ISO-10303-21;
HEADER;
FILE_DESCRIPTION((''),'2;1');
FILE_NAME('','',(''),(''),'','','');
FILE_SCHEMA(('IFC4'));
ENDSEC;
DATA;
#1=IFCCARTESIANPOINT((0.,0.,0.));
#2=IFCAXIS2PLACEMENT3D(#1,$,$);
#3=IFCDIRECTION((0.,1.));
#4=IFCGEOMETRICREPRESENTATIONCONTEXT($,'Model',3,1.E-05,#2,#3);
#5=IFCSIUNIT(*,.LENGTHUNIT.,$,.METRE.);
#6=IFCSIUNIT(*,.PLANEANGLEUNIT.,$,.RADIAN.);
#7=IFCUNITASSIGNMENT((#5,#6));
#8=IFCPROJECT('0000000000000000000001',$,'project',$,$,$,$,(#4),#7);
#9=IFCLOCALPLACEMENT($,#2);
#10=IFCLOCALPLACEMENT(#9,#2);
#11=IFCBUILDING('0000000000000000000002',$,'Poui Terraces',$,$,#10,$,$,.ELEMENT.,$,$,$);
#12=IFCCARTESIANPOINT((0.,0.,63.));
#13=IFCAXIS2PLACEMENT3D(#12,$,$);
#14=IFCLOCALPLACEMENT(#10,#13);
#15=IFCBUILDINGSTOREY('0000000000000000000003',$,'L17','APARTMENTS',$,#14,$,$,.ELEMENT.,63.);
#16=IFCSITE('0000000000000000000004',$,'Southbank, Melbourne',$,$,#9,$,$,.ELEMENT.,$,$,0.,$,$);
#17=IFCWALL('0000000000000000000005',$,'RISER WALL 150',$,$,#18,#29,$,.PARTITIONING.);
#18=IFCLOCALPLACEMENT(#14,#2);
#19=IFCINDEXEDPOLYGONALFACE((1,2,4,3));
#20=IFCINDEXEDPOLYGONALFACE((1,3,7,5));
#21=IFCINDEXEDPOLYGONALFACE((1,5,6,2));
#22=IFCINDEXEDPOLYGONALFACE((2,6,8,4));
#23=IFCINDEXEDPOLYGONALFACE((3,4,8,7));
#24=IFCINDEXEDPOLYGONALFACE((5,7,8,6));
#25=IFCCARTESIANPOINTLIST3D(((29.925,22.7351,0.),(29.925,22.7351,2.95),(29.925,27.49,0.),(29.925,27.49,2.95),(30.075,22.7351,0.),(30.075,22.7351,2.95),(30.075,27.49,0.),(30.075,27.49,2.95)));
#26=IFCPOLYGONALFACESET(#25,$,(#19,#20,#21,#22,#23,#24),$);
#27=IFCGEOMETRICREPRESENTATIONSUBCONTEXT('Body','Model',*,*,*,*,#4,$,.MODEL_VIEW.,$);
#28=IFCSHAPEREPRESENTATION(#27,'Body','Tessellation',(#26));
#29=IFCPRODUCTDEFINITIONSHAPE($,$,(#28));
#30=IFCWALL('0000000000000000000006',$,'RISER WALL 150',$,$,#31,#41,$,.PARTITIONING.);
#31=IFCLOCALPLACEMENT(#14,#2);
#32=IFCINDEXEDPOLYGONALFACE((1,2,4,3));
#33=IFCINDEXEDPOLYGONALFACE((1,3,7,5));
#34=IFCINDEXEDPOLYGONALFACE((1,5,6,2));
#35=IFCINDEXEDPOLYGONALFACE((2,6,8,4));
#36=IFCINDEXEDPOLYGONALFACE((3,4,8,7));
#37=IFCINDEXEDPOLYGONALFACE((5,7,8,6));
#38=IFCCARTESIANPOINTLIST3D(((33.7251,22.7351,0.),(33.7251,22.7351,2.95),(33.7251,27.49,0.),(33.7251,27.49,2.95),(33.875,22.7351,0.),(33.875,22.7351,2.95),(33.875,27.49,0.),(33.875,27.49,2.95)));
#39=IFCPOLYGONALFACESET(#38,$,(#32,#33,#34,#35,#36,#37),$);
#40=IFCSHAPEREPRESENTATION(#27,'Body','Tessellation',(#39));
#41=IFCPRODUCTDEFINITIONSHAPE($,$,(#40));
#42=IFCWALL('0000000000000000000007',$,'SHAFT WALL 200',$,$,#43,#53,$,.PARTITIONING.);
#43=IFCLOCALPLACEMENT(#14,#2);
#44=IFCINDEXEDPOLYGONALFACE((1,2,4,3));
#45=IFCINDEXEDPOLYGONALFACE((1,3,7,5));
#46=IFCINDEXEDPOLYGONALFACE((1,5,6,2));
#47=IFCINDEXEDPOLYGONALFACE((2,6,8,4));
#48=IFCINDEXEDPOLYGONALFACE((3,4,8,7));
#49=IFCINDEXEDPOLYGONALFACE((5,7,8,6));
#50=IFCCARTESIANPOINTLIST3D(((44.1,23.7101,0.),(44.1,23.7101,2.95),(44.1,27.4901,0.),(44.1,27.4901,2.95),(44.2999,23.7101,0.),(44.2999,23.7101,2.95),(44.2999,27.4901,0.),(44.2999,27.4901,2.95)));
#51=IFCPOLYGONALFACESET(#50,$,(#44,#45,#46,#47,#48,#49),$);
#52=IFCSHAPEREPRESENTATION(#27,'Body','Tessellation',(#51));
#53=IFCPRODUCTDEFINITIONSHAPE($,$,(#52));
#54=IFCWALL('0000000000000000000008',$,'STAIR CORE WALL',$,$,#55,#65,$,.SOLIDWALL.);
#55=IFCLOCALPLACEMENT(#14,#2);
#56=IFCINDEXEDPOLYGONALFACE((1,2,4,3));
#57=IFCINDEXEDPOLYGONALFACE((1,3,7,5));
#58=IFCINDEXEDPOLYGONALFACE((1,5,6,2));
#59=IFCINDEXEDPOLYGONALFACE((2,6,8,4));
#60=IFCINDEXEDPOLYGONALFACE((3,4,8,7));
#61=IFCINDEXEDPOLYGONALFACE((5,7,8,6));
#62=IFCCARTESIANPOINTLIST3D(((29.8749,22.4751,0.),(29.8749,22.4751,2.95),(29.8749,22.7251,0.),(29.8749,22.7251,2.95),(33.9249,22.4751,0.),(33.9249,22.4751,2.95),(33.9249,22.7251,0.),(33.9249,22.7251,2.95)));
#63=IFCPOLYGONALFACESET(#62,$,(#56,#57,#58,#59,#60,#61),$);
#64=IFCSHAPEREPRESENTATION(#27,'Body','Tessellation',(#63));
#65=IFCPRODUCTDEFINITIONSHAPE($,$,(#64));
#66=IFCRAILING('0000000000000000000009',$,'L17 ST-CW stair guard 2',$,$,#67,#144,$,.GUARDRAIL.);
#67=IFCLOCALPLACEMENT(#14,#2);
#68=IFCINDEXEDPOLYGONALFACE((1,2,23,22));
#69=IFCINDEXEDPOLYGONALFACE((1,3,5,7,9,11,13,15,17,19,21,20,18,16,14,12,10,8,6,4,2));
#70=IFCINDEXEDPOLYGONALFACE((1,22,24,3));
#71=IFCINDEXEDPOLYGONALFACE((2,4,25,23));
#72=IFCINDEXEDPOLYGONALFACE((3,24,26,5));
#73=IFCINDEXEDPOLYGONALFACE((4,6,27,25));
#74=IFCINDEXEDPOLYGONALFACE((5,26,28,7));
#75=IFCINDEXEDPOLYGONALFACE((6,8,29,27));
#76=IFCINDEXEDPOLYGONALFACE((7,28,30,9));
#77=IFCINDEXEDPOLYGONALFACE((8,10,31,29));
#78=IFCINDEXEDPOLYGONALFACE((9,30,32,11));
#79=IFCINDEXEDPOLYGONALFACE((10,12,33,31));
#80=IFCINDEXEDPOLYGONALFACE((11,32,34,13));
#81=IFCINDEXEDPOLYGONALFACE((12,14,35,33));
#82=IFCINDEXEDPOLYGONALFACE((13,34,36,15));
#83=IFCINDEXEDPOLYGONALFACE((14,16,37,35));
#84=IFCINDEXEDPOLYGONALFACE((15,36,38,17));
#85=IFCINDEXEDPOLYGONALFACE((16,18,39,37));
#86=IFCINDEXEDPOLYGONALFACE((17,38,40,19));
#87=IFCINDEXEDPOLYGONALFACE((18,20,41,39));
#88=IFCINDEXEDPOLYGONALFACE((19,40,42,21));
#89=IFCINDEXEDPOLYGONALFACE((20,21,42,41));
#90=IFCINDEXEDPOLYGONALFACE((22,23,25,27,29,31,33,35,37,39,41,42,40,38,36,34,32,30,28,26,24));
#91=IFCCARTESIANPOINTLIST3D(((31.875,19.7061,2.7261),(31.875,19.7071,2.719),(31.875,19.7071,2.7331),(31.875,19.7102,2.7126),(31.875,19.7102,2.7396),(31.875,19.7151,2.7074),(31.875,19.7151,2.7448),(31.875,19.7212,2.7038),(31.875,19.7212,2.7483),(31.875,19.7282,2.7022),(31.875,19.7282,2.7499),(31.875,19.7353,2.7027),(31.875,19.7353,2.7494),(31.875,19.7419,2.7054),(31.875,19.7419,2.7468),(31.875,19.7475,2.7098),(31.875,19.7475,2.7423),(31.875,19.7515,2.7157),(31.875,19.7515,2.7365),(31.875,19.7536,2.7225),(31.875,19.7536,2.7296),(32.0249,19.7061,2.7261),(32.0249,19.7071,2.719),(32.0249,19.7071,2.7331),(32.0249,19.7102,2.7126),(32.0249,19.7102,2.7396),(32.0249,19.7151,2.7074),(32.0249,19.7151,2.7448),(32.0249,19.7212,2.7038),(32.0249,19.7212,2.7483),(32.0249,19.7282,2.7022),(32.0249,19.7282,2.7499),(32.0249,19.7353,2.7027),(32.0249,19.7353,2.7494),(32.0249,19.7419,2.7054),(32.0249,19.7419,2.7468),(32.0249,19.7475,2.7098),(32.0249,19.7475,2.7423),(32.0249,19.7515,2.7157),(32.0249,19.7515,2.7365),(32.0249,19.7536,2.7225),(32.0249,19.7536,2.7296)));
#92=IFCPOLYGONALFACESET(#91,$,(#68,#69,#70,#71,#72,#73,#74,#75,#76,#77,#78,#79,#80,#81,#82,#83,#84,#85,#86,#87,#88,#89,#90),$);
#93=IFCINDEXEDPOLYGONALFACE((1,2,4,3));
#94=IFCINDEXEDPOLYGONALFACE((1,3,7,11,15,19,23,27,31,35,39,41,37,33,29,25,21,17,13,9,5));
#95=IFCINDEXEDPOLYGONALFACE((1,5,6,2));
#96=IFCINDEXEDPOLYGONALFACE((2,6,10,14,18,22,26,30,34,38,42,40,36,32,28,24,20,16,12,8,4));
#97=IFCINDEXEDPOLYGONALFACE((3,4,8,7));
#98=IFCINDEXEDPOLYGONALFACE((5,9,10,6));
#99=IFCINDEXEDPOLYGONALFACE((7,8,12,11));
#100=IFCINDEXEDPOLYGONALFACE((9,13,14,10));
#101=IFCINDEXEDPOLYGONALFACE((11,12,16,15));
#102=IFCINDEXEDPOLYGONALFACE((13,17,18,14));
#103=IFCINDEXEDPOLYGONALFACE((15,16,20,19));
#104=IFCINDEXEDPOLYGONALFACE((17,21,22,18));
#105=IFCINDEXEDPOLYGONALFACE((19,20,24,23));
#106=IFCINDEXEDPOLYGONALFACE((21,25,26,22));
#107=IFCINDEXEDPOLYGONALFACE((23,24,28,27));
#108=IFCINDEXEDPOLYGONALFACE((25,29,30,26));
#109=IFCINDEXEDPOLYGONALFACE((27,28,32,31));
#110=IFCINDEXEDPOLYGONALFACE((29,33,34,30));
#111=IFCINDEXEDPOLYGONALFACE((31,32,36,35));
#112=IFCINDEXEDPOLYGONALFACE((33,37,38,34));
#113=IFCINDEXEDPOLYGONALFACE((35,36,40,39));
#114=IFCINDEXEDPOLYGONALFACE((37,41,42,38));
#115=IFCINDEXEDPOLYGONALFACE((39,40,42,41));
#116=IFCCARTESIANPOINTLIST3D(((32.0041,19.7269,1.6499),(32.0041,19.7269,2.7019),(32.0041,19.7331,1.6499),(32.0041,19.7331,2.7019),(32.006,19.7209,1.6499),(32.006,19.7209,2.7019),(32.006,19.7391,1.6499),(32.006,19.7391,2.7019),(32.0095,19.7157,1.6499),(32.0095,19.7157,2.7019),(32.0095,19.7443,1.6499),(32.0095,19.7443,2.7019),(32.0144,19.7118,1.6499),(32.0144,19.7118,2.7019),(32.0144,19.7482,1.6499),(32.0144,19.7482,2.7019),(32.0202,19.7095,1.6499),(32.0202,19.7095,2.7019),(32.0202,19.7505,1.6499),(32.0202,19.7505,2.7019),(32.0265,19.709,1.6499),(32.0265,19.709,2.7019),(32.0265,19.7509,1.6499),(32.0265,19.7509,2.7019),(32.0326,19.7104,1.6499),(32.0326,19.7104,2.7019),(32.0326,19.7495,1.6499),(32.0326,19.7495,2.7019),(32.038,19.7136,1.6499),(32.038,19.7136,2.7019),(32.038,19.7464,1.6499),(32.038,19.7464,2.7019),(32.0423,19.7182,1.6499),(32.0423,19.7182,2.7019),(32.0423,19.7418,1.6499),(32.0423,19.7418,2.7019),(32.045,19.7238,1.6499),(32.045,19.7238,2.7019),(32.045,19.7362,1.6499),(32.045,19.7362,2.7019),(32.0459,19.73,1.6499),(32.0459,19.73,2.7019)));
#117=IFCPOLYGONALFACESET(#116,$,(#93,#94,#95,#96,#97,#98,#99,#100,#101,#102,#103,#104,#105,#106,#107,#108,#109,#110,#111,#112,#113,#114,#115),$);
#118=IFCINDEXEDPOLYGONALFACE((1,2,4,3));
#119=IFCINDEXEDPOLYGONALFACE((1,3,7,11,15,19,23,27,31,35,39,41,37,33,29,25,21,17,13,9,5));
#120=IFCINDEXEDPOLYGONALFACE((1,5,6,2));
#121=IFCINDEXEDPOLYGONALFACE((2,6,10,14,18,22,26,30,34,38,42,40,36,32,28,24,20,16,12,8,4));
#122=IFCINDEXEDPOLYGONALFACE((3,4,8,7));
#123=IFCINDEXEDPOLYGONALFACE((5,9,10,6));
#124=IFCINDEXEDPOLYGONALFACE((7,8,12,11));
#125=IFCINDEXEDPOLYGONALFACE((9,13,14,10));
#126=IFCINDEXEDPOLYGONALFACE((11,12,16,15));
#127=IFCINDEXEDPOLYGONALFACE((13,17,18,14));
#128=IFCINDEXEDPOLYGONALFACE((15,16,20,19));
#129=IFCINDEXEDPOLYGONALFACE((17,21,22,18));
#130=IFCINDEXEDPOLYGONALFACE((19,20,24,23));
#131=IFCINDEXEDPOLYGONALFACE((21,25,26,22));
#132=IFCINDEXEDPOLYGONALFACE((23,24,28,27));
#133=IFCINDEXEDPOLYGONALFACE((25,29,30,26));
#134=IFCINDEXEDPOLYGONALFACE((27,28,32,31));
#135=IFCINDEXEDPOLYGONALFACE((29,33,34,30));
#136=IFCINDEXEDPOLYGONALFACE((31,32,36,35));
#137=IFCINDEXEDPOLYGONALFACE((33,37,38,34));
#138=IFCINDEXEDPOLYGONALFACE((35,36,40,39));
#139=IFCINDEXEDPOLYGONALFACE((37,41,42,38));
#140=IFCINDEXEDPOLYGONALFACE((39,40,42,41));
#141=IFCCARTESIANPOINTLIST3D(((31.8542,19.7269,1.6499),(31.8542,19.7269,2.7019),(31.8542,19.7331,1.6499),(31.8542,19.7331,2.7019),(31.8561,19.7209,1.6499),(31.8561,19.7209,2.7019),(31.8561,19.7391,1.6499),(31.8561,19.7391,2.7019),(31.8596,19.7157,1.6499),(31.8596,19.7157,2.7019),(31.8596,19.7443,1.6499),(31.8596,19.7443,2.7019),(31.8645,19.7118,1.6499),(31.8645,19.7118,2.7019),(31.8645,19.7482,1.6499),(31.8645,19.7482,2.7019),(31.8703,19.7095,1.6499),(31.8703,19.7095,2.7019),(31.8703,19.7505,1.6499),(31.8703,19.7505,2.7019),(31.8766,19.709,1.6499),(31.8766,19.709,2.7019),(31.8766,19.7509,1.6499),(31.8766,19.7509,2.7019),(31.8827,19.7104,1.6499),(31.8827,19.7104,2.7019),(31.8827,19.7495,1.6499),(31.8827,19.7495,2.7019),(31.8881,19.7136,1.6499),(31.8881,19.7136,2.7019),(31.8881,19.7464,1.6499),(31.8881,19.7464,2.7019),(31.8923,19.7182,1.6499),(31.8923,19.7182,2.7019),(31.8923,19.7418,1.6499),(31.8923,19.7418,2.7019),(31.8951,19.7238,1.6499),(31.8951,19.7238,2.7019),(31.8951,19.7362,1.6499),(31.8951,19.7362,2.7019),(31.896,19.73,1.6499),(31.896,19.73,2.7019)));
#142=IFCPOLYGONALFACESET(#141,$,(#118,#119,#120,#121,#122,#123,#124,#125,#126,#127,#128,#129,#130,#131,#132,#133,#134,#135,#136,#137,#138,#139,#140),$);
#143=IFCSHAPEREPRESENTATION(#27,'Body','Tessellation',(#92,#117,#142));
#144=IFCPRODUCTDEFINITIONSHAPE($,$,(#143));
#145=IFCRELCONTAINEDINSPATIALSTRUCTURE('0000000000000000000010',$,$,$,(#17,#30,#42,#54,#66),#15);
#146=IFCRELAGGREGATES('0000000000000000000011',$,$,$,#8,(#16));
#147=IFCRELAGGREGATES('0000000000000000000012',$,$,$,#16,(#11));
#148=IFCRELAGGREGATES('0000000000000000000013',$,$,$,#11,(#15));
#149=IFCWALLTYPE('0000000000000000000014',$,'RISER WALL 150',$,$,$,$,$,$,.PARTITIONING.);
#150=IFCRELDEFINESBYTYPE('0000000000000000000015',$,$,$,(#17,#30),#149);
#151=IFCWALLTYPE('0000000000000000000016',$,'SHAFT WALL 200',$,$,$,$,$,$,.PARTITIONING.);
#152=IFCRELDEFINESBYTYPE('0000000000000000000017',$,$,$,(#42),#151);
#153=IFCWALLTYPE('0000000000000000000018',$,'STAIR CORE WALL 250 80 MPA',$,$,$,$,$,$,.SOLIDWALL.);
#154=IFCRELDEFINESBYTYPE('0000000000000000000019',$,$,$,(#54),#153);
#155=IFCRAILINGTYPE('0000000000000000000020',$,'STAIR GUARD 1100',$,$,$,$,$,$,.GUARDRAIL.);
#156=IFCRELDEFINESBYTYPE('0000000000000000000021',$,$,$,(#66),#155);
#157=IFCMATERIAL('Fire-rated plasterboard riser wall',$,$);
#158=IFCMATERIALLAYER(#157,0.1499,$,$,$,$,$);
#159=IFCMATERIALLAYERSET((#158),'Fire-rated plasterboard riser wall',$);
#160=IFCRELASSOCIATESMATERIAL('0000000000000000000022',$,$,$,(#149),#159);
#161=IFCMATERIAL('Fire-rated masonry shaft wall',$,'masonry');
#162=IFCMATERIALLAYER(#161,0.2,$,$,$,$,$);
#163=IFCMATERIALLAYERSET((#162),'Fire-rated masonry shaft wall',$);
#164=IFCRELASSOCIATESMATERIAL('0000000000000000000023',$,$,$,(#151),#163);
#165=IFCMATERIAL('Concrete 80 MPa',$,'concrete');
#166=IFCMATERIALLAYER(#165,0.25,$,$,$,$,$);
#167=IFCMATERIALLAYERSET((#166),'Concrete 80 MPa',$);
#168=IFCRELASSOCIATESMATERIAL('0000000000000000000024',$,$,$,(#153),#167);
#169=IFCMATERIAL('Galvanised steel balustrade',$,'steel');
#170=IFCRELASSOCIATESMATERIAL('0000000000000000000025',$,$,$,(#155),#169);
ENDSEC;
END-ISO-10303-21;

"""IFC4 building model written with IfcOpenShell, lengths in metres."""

from ifc_helpers import new_model, si_unit, direction, frame, frame_2d, origin, origin_2d, place, context, subcontext, project, spatial, rectangle, circle, extrude, material, layer, layer_set, type_object, element, save


model = new_model("IFC4")

# Units and contexts
model_context = context("Model", 3, precision=1e-05, world=origin(), true_north=direction((0.0, 1.0)))
body_context = subcontext(model_context, "Body", "Model", "MODEL_VIEW")
ifc_project = project(units=[si_unit("LENGTHUNIT", "METRE"), si_unit("PLANEANGLEUNIT", "RADIAN")], contexts=[model_context])

# Site, building, storey
site_placement = place(None, origin())
site = spatial("IfcSite", under=ifc_project, at=site_placement, Name="Southbank, Melbourne", CompositionType="ELEMENT", RefElevation=0.0)
building_placement = place(site_placement, origin())
building = spatial("IfcBuilding", under=site, at=building_placement, Name="Poui Terraces", CompositionType="ELEMENT")
storey_placement = place(building_placement, frame((0.0, 0.0, 63.0)))
storey = spatial("IfcBuildingStorey", under=building, at=storey_placement, Name="L17", Description="APARTMENTS", CompositionType="ELEMENT", Elevation=63.0)

# Shared definitions
ifc_material_1 = material(Name="Concrete 80 MPa", Category="concrete")

# Walls
ifc_material_2 = material(Name="Fire-rated plasterboard riser wall")
ifc_layer_1 = layer(ifc_material_2, 0.1499)
ifc_layer_set_1 = layer_set([ifc_layer_1], Name="Fire-rated plasterboard riser wall")
wall_type_1 = type_object("IfcWallType", Name="RISER WALL 150", PredefinedType="PARTITIONING", material=ifc_layer_set_1)
for number, where, z_axis, x_axis, name in (
    (1, (30.0, 22.7351, 0.0), (0.0, 0.0, 1.0), (0.0, 1.0, 0.0), "RISER WALL 150"),
    (2, (33.8, 22.7351, 0.0), (0.0, 0.0, 1.0), (0.0, 1.0, 0.0), "RISER WALL 150"),
):
    element("IfcWall", number, at=place(storey_placement, frame(where, z_axis=z_axis, x_axis=x_axis)), inside=storey, type_object=wall_type_1, Name=name, PredefinedType="PARTITIONING", context=body_context, shape_type="SweptSolid", body=[
        extrude(rectangle(XDim=4.7549, YDim=0.1499, at=frame_2d((2.3774, 0.0))), origin(), (0.0, 0.0, 1.0), 2.95),
    ])
ifc_material_3 = material(Name="Fire-rated masonry shaft wall", Category="masonry")
ifc_layer_2 = layer(ifc_material_3, 0.2)
ifc_layer_set_2 = layer_set([ifc_layer_2], Name="Fire-rated masonry shaft wall")
wall_type_2 = type_object("IfcWallType", Name="SHAFT WALL 200", PredefinedType="PARTITIONING", material=ifc_layer_set_2)
wall_1_placement = place(storey_placement, frame((44.2, 23.71, 0.0), z_axis=(0.0, 0.0, 1.0), x_axis=(0.0, 1.0, 0.0)))
element("IfcWall", 3, at=wall_1_placement, inside=storey, type_object=wall_type_2, Name="SHAFT WALL 200", PredefinedType="PARTITIONING", context=body_context, shape_type="SweptSolid", body=[
    extrude(rectangle(XDim=3.78, YDim=0.2, at=frame_2d((1.8901, 0.0))), origin(), (0.0, 0.0, 1.0), 2.95),
])
ifc_layer_3 = layer(ifc_material_1, 0.25)
ifc_layer_set_3 = layer_set([ifc_layer_3], Name="Concrete 80 MPa")
wall_type_3 = type_object("IfcWallType", Name="STAIR CORE WALL 250 80 MPA", PredefinedType="SOLIDWALL", material=ifc_layer_set_3)
wall_2_placement = place(storey_placement, frame((29.875, 22.6001, 0.0), z_axis=(0.0, 0.0, 1.0), x_axis=(1.0, 0.0, 0.0)))
element("IfcWall", 4, at=wall_2_placement, inside=storey, type_object=wall_type_3, Name="STAIR CORE WALL", PredefinedType="SOLIDWALL", context=body_context, shape_type="SweptSolid", body=[
    extrude(rectangle(XDim=4.05, YDim=0.25, at=frame_2d((2.0249, 0.0))), origin(), (0.0, 0.0, 1.0), 2.95),
])

# Railing
ifc_material_4 = material(Name="Galvanised steel balustrade", Category="steel")
railing_type = type_object("IfcRailingType", Name="STAIR GUARD 1100", PredefinedType="GUARDRAIL", material=ifc_material_4)
railing_placement = place(storey_placement, frame((32.0249, 19.73, 1.6499)))
element("IfcRailing", 5, at=railing_placement, inside=storey, type_object=railing_type, Name="L17 ST-CW stair guard 2", PredefinedType="GUARDRAIL", context=body_context, shape_type="SweptSolid", body=[
    extrude(circle(Radius=0.0239, at=origin_2d()), frame((0.0, 0.0, 1.0762), z_axis=(-1.0, 0.0, 0.0), x_axis=(0.0, -1.0, 0.0)), (0.0, 0.0, 1.0), 0.1499),
    extrude(circle(Radius=0.021, at=origin_2d()), origin(), (0.0, 0.0, 1.0), 1.052),
    extrude(circle(Radius=0.021, at=origin_2d()), frame((-0.1499, 0.0, 0.0)), (0.0, 0.0, 1.0), 1.052),
])

save(model, "model.ifc")
